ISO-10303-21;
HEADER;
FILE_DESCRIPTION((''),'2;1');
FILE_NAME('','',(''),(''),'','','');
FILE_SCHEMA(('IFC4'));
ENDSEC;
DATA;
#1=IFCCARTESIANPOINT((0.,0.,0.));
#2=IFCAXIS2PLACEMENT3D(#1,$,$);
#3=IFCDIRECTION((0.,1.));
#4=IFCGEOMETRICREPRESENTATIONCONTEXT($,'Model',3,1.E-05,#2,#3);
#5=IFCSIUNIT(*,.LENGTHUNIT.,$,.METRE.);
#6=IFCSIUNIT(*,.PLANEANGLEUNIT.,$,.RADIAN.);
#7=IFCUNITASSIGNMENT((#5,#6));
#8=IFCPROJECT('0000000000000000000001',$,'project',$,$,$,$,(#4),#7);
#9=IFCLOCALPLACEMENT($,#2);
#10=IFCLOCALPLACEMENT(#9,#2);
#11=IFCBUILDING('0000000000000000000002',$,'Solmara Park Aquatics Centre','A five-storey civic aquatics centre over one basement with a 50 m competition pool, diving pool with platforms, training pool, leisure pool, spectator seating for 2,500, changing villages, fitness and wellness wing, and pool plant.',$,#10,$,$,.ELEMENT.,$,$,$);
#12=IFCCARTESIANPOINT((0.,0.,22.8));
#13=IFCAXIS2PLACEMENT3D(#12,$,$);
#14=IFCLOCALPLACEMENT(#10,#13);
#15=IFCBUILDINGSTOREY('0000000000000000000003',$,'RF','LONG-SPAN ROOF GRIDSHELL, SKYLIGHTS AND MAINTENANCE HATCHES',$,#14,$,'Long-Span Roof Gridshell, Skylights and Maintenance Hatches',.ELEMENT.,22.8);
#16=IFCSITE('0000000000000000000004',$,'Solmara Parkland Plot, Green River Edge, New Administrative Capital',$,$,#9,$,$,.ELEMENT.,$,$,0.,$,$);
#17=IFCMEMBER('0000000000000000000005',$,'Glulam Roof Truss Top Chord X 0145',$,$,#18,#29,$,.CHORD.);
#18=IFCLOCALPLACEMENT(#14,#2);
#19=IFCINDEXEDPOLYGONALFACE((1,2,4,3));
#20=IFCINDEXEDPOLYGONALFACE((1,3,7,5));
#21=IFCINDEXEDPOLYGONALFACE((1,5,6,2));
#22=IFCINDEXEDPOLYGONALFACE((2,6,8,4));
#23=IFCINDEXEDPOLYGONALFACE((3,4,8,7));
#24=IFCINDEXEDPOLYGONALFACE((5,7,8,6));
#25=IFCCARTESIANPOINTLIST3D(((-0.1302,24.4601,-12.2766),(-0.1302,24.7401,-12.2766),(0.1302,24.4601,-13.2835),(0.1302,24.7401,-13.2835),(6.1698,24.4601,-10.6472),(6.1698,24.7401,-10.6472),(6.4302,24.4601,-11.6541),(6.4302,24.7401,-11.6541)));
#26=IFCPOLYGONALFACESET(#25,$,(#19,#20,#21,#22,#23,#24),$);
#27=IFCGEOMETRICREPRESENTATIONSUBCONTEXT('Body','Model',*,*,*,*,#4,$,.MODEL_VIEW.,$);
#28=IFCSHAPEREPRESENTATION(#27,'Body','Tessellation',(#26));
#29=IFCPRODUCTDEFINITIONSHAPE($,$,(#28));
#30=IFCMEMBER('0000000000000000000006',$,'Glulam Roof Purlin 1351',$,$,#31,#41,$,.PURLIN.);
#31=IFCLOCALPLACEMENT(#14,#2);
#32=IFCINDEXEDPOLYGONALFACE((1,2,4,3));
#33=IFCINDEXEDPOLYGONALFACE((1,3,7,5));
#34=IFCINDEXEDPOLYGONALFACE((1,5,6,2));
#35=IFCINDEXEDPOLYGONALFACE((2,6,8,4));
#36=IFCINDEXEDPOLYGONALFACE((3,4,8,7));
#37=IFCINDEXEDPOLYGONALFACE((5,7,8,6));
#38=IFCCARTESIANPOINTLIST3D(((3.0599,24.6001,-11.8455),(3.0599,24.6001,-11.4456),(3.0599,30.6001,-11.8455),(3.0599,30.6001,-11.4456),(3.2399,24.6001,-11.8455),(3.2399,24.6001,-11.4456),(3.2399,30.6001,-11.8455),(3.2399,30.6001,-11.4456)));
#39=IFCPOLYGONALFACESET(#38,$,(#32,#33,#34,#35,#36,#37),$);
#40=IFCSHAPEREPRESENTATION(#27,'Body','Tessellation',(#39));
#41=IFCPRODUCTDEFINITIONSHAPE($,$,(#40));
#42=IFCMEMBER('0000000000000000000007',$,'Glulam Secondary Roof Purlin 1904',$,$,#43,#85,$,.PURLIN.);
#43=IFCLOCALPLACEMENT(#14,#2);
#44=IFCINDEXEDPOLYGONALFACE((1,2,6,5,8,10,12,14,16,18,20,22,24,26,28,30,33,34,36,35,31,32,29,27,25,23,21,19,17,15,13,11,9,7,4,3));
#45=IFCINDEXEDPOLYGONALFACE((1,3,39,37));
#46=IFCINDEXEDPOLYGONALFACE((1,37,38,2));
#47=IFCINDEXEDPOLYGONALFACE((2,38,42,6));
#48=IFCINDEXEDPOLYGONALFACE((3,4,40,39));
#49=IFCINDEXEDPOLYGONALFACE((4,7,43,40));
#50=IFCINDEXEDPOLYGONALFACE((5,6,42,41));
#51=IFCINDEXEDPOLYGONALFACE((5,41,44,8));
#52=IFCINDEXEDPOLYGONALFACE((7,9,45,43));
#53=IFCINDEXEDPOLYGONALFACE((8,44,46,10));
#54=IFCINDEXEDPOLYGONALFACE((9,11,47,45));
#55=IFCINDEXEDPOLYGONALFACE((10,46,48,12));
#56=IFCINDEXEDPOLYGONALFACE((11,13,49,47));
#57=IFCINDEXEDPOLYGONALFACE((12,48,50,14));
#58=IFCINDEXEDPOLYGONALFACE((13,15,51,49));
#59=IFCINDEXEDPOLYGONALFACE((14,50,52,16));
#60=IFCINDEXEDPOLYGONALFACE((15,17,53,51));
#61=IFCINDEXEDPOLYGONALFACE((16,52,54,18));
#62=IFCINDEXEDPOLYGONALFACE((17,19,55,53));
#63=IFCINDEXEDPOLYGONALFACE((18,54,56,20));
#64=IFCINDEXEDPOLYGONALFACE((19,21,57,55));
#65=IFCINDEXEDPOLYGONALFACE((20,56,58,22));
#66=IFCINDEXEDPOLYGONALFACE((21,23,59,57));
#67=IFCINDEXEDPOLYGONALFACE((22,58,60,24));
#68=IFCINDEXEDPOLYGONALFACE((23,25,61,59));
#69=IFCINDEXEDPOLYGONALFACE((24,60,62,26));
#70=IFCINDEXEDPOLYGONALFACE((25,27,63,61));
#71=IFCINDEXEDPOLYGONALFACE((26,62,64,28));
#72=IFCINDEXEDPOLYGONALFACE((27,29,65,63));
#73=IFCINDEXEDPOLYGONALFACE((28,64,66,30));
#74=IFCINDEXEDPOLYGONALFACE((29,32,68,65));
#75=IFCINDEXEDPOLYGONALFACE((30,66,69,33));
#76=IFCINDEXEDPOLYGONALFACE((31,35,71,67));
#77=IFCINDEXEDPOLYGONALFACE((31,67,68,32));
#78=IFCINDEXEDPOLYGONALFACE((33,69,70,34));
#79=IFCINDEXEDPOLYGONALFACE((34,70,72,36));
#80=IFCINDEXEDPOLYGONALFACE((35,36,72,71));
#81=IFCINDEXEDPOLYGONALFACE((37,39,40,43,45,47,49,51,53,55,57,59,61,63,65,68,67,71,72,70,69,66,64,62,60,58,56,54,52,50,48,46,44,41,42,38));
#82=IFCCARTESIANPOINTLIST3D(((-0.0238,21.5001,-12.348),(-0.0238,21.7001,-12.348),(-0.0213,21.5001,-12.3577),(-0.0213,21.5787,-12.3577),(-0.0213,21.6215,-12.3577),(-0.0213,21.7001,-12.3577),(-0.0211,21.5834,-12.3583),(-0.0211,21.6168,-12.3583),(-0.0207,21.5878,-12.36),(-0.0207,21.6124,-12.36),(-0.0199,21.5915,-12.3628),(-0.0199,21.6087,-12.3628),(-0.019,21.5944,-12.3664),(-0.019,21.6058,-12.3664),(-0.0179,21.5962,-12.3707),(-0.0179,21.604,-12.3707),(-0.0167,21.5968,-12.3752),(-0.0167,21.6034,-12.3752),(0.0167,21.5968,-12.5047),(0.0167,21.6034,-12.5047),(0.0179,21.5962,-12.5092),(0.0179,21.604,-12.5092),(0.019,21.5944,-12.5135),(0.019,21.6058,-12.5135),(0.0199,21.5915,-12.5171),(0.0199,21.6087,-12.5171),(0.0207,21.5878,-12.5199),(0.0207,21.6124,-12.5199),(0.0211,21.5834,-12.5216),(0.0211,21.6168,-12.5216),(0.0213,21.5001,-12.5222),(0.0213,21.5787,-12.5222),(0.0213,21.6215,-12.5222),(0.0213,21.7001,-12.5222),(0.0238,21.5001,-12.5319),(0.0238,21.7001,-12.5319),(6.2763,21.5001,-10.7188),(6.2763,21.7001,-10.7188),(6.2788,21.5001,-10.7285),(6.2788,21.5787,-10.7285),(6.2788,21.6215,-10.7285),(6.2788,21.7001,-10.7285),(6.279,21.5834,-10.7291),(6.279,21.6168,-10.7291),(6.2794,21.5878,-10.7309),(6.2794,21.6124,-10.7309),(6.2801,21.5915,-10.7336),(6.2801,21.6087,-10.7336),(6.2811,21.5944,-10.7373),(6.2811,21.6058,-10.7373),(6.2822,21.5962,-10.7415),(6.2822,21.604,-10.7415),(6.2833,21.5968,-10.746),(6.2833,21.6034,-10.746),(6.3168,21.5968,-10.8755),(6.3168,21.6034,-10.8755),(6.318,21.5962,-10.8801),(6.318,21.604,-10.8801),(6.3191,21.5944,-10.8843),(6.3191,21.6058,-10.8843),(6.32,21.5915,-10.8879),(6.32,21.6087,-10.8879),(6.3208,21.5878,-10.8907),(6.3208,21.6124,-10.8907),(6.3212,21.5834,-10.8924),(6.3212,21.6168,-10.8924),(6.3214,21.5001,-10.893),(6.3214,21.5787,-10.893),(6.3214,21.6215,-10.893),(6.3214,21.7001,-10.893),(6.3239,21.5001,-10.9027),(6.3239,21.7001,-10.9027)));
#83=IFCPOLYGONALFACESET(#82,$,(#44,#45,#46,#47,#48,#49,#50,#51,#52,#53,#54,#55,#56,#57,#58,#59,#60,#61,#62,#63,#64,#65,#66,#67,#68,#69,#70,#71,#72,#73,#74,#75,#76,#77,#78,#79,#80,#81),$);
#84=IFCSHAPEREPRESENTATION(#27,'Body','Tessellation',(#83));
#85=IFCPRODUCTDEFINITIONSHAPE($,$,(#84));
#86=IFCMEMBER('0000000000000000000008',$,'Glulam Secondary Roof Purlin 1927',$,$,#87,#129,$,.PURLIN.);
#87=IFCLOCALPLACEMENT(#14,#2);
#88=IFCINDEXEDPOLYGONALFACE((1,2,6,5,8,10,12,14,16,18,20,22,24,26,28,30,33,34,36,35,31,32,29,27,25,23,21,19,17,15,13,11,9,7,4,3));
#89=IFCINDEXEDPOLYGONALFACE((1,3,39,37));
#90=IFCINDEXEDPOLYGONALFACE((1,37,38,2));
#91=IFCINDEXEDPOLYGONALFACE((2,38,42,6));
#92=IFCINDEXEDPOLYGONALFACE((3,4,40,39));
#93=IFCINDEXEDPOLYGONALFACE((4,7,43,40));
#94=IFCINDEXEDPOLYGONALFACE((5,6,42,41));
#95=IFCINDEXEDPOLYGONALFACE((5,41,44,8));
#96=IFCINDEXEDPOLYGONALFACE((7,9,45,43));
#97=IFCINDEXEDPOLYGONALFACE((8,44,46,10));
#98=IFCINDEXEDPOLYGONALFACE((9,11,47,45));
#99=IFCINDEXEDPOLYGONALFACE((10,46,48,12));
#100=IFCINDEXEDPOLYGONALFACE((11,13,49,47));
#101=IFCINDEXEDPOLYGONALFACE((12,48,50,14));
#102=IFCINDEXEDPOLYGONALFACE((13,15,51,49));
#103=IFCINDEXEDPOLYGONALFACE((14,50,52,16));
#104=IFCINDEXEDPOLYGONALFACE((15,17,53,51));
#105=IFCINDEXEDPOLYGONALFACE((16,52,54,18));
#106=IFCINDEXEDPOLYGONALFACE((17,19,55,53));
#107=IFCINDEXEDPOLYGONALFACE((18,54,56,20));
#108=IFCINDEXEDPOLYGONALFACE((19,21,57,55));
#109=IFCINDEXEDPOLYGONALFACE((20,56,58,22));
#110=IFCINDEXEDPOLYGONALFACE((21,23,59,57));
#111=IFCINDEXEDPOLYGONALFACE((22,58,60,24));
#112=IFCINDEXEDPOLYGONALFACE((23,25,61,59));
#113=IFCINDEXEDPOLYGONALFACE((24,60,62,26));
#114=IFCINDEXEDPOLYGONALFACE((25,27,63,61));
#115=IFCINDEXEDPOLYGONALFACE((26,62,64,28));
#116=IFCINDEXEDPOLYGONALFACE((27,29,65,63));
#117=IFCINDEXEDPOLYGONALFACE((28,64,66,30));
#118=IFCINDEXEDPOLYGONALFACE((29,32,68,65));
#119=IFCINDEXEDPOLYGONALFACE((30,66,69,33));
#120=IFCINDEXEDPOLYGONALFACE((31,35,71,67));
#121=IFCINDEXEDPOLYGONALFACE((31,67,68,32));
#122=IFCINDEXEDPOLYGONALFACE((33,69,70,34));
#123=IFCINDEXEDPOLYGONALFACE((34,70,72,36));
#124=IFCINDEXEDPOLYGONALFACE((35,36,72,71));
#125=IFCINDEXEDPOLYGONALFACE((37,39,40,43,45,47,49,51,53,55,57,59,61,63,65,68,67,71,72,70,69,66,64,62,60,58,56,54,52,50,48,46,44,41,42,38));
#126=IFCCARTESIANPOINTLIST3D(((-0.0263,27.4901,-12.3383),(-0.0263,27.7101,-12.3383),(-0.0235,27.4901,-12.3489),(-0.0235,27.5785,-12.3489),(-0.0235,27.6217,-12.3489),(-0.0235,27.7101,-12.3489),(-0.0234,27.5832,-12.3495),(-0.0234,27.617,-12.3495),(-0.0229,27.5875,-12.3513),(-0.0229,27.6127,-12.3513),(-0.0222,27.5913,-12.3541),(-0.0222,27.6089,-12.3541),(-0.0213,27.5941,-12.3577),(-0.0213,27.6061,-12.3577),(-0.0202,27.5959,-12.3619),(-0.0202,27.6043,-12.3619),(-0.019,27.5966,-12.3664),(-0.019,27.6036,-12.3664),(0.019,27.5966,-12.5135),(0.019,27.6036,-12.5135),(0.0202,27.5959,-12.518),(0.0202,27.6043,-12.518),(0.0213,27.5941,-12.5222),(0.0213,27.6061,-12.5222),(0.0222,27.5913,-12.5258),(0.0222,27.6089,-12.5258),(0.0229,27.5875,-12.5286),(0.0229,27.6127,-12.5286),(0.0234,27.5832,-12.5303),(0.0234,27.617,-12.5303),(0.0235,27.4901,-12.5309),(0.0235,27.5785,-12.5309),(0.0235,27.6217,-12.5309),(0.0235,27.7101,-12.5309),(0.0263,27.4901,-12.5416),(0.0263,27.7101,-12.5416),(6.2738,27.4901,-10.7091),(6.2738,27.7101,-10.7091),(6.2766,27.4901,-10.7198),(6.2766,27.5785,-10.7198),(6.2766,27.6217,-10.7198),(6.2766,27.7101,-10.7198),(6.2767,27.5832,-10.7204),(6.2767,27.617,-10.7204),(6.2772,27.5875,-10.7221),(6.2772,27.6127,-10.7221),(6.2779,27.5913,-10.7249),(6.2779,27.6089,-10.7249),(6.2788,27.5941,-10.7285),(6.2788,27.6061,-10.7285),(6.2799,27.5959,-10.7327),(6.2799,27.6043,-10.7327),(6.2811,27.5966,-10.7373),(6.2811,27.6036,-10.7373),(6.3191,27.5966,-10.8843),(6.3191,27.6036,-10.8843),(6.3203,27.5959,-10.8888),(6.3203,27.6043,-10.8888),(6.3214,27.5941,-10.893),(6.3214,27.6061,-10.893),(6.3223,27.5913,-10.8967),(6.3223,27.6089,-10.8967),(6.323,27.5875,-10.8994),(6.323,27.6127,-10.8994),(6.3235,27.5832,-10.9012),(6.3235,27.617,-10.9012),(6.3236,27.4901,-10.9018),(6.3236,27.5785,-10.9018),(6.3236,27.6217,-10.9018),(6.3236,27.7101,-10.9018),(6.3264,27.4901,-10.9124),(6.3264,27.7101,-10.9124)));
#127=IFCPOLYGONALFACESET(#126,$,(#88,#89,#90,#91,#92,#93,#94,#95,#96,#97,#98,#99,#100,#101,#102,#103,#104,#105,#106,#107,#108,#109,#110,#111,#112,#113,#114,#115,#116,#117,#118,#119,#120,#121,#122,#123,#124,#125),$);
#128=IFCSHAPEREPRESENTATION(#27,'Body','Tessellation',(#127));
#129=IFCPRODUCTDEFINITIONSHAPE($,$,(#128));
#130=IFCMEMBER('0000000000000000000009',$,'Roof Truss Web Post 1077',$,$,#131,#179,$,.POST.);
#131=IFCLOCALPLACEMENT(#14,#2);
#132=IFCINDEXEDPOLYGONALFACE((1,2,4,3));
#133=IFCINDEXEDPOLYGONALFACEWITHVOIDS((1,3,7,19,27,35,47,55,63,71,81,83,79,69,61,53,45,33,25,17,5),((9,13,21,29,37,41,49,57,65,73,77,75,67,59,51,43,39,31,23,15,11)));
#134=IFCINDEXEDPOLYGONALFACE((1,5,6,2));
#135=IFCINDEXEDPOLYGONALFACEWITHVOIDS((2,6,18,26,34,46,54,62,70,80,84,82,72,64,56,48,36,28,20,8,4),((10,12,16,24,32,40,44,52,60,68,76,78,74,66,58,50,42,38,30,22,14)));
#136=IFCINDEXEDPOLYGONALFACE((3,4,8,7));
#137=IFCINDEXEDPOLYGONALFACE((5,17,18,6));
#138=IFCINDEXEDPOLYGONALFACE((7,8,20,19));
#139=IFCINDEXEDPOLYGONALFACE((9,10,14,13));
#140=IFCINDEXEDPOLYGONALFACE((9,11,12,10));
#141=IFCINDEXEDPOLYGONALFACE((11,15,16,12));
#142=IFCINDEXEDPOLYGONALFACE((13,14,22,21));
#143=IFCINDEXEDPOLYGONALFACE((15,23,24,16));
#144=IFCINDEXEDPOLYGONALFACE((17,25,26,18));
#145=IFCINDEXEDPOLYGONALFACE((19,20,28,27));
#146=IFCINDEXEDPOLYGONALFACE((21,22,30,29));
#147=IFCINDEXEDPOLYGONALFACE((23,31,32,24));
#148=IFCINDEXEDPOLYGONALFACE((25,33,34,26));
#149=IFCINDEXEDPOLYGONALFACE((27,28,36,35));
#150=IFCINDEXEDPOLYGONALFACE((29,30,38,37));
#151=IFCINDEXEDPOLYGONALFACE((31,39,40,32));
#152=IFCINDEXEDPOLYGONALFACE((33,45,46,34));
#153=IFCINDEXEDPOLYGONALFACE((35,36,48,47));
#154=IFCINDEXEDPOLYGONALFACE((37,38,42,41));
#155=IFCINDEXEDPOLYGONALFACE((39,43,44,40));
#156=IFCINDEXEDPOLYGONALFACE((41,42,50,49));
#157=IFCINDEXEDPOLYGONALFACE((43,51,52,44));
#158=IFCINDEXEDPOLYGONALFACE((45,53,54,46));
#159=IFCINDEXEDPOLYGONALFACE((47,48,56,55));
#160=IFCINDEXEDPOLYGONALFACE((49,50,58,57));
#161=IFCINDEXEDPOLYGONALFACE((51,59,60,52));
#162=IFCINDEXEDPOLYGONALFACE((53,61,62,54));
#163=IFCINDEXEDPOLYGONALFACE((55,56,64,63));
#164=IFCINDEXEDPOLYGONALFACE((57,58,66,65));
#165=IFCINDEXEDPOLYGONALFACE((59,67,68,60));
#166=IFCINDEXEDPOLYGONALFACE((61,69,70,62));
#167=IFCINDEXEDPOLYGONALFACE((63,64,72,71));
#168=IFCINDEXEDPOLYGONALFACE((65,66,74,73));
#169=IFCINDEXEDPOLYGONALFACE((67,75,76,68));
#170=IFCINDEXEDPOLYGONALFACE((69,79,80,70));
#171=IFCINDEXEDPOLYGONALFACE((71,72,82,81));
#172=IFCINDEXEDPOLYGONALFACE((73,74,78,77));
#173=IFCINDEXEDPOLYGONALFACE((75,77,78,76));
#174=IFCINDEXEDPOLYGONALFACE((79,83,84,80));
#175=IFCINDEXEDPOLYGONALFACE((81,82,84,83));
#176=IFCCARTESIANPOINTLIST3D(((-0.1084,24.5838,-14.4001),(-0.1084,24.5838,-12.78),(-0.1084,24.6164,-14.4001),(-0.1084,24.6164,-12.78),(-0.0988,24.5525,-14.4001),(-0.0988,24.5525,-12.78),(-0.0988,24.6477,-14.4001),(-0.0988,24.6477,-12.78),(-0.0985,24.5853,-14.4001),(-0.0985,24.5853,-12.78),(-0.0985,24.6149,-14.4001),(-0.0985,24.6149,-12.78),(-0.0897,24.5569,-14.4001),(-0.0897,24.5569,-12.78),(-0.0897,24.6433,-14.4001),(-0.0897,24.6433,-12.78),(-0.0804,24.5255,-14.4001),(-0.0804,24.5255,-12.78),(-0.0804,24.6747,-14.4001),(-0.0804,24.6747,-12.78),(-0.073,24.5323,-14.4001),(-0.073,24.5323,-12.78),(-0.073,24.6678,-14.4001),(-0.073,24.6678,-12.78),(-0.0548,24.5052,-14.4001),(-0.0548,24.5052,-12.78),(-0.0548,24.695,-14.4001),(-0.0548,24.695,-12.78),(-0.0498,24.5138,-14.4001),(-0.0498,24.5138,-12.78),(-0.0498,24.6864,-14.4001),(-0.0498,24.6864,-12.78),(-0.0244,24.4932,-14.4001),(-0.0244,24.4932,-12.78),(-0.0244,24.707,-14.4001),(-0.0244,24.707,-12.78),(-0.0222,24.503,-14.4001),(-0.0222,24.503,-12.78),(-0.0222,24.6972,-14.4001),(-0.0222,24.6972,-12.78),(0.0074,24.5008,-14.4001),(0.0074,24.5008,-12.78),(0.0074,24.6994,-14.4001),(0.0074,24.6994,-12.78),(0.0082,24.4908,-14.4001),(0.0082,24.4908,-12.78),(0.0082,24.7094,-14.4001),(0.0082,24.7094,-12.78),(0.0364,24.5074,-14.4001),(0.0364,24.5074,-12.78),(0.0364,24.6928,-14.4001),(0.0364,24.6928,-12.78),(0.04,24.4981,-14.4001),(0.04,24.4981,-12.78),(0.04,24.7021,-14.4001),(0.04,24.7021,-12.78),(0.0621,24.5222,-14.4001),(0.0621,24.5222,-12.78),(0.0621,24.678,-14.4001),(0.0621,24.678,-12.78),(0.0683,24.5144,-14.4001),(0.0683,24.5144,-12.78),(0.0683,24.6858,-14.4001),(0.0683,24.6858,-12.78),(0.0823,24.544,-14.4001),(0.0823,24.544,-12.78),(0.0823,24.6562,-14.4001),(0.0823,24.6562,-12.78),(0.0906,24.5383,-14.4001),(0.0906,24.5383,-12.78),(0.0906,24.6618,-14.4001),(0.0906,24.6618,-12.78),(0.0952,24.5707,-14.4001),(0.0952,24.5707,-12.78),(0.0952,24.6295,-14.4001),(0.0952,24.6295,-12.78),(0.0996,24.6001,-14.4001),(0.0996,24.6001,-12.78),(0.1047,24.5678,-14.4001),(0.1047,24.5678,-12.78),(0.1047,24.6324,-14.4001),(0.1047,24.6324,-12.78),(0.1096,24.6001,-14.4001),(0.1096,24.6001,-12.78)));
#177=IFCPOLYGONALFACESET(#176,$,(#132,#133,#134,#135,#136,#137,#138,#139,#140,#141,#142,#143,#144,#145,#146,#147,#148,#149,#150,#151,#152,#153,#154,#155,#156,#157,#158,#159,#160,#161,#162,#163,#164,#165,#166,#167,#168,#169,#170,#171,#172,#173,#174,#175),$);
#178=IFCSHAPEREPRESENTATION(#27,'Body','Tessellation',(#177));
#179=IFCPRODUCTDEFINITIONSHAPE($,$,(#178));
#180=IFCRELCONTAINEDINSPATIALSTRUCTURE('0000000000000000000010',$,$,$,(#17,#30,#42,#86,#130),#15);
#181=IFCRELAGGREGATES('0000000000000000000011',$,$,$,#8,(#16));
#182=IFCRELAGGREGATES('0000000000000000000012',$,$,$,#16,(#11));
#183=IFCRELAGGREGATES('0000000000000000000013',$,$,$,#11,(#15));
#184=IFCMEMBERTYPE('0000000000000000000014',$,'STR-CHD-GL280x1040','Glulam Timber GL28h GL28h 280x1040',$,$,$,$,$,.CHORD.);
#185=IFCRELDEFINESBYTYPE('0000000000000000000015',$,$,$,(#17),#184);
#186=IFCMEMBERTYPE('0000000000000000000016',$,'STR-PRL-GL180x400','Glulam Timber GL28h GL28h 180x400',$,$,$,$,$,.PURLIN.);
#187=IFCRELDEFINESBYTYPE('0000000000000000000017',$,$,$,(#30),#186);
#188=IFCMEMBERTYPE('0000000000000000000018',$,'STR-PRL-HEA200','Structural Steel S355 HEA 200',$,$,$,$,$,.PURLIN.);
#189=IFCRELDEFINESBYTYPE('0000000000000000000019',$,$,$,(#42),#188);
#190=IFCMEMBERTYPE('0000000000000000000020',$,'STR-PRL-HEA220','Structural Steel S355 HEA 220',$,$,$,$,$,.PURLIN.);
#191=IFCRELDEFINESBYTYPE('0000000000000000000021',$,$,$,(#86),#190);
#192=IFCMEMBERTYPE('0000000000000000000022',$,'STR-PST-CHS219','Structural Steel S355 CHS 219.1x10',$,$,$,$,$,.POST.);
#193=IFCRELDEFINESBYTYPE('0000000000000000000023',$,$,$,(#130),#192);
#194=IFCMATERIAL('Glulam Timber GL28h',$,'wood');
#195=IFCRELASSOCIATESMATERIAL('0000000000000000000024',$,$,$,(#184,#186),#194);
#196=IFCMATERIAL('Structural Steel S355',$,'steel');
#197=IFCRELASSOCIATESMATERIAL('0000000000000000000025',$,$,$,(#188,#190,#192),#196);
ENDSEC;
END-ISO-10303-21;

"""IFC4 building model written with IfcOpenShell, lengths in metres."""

from ifc_helpers import new_model, si_unit, direction, frame, origin, origin_2d, place, context, subcontext, project, spatial, rectangle, hollow_circle, i_section, extrude, material, material_profile, profile_set, type_object, element, save


model = new_model("IFC4")

# Units and contexts
model_context = context("Model", 3, precision=1e-05, world=origin(), true_north=direction((0.0, 1.0)))
body_context = subcontext(model_context, "Body", "Model", "MODEL_VIEW")
ifc_project = project(units=[si_unit("LENGTHUNIT", "METRE"), si_unit("PLANEANGLEUNIT", "RADIAN")], contexts=[model_context])

# Site, building, storey
site_placement = place(None, origin())
site = spatial("IfcSite", under=ifc_project, at=site_placement, Name="Solmara Parkland Plot, Green River Edge, New Administrative Capital", CompositionType="ELEMENT", RefElevation=0.0)
building_placement = place(site_placement, origin())
building = spatial("IfcBuilding", under=site, at=building_placement, Name="Solmara Park Aquatics Centre", Description="A five-storey civic aquatics centre over one basement with a 50 m competition pool, diving pool with platforms, training pool, leisure pool, spectator seating for 2,500, changing villages, fitness and wellness wing, and pool plant.", CompositionType="ELEMENT")
storey_placement = place(building_placement, frame((0.0, 0.0, 22.8)))
storey = spatial("IfcBuildingStorey", under=building, at=storey_placement, Name="RF", Description="LONG-SPAN ROOF GRIDSHELL, SKYLIGHTS AND MAINTENANCE HATCHES", LongName="Long-Span Roof Gridshell, Skylights and Maintenance Hatches", CompositionType="ELEMENT", Elevation=22.8)

# Members
ifc_material_1 = material(Name="Structural Steel S355", Category="steel")
ifc_material_2 = material(Name="Glulam Timber GL28h", Category="wood")
ifc_material_profile_1 = material_profile(ifc_material_2, rectangle(XDim=0.28, YDim=1.04, at=origin_2d()), Name="GL28h 280x1040")
ifc_profile_set_1 = profile_set([ifc_material_profile_1], Name="Glulam Timber GL28h")
member_type_1 = type_object("IfcMemberType", Name="STR-CHD-GL280x1040", Description="Glulam Timber GL28h GL28h 280x1040", PredefinedType="CHORD", material=ifc_profile_set_1)
member_1_placement = place(storey_placement, frame((0.0, 24.6001, -12.78), z_axis=(0.968144, 0.0, 0.250393), x_axis=(0.0, 1.0, 0.0)))
element("IfcMember", 1, at=member_1_placement, inside=storey, type_object=member_type_1, Name="Glulam Roof Truss Top Chord X 0145", PredefinedType="CHORD", context=body_context, shape_type="SweptSolid", body=[
    extrude(rectangle(XDim=0.28, YDim=1.04, at=origin_2d()), origin(), (0.0, 0.0, 1.0), 6.5073),
])
ifc_material_profile_2 = material_profile(ifc_material_2, rectangle(XDim=0.1799, YDim=0.3999, at=origin_2d()), Name="GL28h 180x400")
ifc_profile_set_2 = profile_set([ifc_material_profile_2], Name="Glulam Timber GL28h")
member_type_2 = type_object("IfcMemberType", Name="STR-PRL-GL180x400", Description="Glulam Timber GL28h GL28h 180x400", PredefinedType="PURLIN", material=ifc_profile_set_2)
member_2_placement = place(storey_placement, frame((3.1499, 24.6001, -11.6455), z_axis=(0.0, 1.0, 0.0), x_axis=(-1.0, 0.0, 0.0)))
element("IfcMember", 2, at=member_2_placement, inside=storey, type_object=member_type_2, Name="Glulam Roof Purlin 1351", PredefinedType="PURLIN", context=body_context, shape_type="SweptSolid", body=[
    extrude(rectangle(XDim=0.1799, YDim=0.3999, at=origin_2d()), origin(), (0.0, 0.0, 1.0), 6.0),
])
ifc_material_profile_3 = material_profile(ifc_material_1, i_section(OverallWidth=0.2, OverallDepth=0.1899, WebThickness=0.0066, FlangeThickness=0.01, FilletRadius=0.0181, at=origin_2d()), Name="HEA 200")
ifc_profile_set_3 = profile_set([ifc_material_profile_3], Name="Structural Steel S355")
member_type_3 = type_object("IfcMemberType", Name="STR-PRL-HEA200", Description="Structural Steel S355 HEA 200", PredefinedType="PURLIN", material=ifc_profile_set_3)
member_3_placement = place(storey_placement, frame((0.0, 21.6001, -12.4399), z_axis=(0.968153, 0.0, 0.250358), x_axis=(0.0, 1.0, 0.0)))
element("IfcMember", 3, at=member_3_placement, inside=storey, type_object=member_type_3, Name="Glulam Secondary Roof Purlin 1904", PredefinedType="PURLIN", context=body_context, shape_type="SweptSolid", body=[
    extrude(i_section(OverallWidth=0.2, OverallDepth=0.1899, WebThickness=0.0066, FlangeThickness=0.01, FilletRadius=0.0181, at=origin_2d()), origin(), (0.0, 0.0, 1.0), 6.5073),
])
ifc_material_profile_4 = material_profile(ifc_material_1, i_section(OverallWidth=0.22, OverallDepth=0.21, WebThickness=0.0071, FlangeThickness=0.011, FilletRadius=0.0181, at=origin_2d()), Name="HEA 220")
ifc_profile_set_4 = profile_set([ifc_material_profile_4], Name="Structural Steel S355")
member_type_4 = type_object("IfcMemberType", Name="STR-PRL-HEA220", Description="Structural Steel S355 HEA 220", PredefinedType="PURLIN", material=ifc_profile_set_4)
member_4_placement = place(storey_placement, frame((0.0, 27.6001, -12.4399), z_axis=(0.968153, 0.0, 0.250358), x_axis=(0.0, 1.0, 0.0)))
element("IfcMember", 4, at=member_4_placement, inside=storey, type_object=member_type_4, Name="Glulam Secondary Roof Purlin 1927", PredefinedType="PURLIN", context=body_context, shape_type="SweptSolid", body=[
    extrude(i_section(OverallWidth=0.22, OverallDepth=0.21, WebThickness=0.0071, FlangeThickness=0.011, FilletRadius=0.0181, at=origin_2d()), origin(), (0.0, 0.0, 1.0), 6.5073),
])
ifc_material_profile_5 = material_profile(ifc_material_1, hollow_circle(Radius=0.1096, WallThickness=0.01, at=origin_2d()), Name="CHS 219.1x10")
ifc_profile_set_5 = profile_set([ifc_material_profile_5], Name="Structural Steel S355")
member_type_5 = type_object("IfcMemberType", Name="STR-PST-CHS219", Description="Structural Steel S355 CHS 219.1x10", PredefinedType="POST", material=ifc_profile_set_5)
for number, where, z_axis, x_axis, name in (
    (5, (0.0, 24.6001, -14.4001), (0.0, 0.0, 1.0), (1.0, 0.0, 0.0), "Roof Truss Web Post 1077"),
):
    element("IfcMember", number, at=place(storey_placement, frame(where, z_axis=z_axis, x_axis=x_axis)), inside=storey, type_object=member_type_5, Name=name, PredefinedType="POST", context=body_context, shape_type="SweptSolid", body=[
        extrude(hollow_circle(Radius=0.1096, WallThickness=0.01, at=origin_2d()), origin(), (0.0, 0.0, 1.0), 1.6201),
    ])

save(model, "model.ifc")
